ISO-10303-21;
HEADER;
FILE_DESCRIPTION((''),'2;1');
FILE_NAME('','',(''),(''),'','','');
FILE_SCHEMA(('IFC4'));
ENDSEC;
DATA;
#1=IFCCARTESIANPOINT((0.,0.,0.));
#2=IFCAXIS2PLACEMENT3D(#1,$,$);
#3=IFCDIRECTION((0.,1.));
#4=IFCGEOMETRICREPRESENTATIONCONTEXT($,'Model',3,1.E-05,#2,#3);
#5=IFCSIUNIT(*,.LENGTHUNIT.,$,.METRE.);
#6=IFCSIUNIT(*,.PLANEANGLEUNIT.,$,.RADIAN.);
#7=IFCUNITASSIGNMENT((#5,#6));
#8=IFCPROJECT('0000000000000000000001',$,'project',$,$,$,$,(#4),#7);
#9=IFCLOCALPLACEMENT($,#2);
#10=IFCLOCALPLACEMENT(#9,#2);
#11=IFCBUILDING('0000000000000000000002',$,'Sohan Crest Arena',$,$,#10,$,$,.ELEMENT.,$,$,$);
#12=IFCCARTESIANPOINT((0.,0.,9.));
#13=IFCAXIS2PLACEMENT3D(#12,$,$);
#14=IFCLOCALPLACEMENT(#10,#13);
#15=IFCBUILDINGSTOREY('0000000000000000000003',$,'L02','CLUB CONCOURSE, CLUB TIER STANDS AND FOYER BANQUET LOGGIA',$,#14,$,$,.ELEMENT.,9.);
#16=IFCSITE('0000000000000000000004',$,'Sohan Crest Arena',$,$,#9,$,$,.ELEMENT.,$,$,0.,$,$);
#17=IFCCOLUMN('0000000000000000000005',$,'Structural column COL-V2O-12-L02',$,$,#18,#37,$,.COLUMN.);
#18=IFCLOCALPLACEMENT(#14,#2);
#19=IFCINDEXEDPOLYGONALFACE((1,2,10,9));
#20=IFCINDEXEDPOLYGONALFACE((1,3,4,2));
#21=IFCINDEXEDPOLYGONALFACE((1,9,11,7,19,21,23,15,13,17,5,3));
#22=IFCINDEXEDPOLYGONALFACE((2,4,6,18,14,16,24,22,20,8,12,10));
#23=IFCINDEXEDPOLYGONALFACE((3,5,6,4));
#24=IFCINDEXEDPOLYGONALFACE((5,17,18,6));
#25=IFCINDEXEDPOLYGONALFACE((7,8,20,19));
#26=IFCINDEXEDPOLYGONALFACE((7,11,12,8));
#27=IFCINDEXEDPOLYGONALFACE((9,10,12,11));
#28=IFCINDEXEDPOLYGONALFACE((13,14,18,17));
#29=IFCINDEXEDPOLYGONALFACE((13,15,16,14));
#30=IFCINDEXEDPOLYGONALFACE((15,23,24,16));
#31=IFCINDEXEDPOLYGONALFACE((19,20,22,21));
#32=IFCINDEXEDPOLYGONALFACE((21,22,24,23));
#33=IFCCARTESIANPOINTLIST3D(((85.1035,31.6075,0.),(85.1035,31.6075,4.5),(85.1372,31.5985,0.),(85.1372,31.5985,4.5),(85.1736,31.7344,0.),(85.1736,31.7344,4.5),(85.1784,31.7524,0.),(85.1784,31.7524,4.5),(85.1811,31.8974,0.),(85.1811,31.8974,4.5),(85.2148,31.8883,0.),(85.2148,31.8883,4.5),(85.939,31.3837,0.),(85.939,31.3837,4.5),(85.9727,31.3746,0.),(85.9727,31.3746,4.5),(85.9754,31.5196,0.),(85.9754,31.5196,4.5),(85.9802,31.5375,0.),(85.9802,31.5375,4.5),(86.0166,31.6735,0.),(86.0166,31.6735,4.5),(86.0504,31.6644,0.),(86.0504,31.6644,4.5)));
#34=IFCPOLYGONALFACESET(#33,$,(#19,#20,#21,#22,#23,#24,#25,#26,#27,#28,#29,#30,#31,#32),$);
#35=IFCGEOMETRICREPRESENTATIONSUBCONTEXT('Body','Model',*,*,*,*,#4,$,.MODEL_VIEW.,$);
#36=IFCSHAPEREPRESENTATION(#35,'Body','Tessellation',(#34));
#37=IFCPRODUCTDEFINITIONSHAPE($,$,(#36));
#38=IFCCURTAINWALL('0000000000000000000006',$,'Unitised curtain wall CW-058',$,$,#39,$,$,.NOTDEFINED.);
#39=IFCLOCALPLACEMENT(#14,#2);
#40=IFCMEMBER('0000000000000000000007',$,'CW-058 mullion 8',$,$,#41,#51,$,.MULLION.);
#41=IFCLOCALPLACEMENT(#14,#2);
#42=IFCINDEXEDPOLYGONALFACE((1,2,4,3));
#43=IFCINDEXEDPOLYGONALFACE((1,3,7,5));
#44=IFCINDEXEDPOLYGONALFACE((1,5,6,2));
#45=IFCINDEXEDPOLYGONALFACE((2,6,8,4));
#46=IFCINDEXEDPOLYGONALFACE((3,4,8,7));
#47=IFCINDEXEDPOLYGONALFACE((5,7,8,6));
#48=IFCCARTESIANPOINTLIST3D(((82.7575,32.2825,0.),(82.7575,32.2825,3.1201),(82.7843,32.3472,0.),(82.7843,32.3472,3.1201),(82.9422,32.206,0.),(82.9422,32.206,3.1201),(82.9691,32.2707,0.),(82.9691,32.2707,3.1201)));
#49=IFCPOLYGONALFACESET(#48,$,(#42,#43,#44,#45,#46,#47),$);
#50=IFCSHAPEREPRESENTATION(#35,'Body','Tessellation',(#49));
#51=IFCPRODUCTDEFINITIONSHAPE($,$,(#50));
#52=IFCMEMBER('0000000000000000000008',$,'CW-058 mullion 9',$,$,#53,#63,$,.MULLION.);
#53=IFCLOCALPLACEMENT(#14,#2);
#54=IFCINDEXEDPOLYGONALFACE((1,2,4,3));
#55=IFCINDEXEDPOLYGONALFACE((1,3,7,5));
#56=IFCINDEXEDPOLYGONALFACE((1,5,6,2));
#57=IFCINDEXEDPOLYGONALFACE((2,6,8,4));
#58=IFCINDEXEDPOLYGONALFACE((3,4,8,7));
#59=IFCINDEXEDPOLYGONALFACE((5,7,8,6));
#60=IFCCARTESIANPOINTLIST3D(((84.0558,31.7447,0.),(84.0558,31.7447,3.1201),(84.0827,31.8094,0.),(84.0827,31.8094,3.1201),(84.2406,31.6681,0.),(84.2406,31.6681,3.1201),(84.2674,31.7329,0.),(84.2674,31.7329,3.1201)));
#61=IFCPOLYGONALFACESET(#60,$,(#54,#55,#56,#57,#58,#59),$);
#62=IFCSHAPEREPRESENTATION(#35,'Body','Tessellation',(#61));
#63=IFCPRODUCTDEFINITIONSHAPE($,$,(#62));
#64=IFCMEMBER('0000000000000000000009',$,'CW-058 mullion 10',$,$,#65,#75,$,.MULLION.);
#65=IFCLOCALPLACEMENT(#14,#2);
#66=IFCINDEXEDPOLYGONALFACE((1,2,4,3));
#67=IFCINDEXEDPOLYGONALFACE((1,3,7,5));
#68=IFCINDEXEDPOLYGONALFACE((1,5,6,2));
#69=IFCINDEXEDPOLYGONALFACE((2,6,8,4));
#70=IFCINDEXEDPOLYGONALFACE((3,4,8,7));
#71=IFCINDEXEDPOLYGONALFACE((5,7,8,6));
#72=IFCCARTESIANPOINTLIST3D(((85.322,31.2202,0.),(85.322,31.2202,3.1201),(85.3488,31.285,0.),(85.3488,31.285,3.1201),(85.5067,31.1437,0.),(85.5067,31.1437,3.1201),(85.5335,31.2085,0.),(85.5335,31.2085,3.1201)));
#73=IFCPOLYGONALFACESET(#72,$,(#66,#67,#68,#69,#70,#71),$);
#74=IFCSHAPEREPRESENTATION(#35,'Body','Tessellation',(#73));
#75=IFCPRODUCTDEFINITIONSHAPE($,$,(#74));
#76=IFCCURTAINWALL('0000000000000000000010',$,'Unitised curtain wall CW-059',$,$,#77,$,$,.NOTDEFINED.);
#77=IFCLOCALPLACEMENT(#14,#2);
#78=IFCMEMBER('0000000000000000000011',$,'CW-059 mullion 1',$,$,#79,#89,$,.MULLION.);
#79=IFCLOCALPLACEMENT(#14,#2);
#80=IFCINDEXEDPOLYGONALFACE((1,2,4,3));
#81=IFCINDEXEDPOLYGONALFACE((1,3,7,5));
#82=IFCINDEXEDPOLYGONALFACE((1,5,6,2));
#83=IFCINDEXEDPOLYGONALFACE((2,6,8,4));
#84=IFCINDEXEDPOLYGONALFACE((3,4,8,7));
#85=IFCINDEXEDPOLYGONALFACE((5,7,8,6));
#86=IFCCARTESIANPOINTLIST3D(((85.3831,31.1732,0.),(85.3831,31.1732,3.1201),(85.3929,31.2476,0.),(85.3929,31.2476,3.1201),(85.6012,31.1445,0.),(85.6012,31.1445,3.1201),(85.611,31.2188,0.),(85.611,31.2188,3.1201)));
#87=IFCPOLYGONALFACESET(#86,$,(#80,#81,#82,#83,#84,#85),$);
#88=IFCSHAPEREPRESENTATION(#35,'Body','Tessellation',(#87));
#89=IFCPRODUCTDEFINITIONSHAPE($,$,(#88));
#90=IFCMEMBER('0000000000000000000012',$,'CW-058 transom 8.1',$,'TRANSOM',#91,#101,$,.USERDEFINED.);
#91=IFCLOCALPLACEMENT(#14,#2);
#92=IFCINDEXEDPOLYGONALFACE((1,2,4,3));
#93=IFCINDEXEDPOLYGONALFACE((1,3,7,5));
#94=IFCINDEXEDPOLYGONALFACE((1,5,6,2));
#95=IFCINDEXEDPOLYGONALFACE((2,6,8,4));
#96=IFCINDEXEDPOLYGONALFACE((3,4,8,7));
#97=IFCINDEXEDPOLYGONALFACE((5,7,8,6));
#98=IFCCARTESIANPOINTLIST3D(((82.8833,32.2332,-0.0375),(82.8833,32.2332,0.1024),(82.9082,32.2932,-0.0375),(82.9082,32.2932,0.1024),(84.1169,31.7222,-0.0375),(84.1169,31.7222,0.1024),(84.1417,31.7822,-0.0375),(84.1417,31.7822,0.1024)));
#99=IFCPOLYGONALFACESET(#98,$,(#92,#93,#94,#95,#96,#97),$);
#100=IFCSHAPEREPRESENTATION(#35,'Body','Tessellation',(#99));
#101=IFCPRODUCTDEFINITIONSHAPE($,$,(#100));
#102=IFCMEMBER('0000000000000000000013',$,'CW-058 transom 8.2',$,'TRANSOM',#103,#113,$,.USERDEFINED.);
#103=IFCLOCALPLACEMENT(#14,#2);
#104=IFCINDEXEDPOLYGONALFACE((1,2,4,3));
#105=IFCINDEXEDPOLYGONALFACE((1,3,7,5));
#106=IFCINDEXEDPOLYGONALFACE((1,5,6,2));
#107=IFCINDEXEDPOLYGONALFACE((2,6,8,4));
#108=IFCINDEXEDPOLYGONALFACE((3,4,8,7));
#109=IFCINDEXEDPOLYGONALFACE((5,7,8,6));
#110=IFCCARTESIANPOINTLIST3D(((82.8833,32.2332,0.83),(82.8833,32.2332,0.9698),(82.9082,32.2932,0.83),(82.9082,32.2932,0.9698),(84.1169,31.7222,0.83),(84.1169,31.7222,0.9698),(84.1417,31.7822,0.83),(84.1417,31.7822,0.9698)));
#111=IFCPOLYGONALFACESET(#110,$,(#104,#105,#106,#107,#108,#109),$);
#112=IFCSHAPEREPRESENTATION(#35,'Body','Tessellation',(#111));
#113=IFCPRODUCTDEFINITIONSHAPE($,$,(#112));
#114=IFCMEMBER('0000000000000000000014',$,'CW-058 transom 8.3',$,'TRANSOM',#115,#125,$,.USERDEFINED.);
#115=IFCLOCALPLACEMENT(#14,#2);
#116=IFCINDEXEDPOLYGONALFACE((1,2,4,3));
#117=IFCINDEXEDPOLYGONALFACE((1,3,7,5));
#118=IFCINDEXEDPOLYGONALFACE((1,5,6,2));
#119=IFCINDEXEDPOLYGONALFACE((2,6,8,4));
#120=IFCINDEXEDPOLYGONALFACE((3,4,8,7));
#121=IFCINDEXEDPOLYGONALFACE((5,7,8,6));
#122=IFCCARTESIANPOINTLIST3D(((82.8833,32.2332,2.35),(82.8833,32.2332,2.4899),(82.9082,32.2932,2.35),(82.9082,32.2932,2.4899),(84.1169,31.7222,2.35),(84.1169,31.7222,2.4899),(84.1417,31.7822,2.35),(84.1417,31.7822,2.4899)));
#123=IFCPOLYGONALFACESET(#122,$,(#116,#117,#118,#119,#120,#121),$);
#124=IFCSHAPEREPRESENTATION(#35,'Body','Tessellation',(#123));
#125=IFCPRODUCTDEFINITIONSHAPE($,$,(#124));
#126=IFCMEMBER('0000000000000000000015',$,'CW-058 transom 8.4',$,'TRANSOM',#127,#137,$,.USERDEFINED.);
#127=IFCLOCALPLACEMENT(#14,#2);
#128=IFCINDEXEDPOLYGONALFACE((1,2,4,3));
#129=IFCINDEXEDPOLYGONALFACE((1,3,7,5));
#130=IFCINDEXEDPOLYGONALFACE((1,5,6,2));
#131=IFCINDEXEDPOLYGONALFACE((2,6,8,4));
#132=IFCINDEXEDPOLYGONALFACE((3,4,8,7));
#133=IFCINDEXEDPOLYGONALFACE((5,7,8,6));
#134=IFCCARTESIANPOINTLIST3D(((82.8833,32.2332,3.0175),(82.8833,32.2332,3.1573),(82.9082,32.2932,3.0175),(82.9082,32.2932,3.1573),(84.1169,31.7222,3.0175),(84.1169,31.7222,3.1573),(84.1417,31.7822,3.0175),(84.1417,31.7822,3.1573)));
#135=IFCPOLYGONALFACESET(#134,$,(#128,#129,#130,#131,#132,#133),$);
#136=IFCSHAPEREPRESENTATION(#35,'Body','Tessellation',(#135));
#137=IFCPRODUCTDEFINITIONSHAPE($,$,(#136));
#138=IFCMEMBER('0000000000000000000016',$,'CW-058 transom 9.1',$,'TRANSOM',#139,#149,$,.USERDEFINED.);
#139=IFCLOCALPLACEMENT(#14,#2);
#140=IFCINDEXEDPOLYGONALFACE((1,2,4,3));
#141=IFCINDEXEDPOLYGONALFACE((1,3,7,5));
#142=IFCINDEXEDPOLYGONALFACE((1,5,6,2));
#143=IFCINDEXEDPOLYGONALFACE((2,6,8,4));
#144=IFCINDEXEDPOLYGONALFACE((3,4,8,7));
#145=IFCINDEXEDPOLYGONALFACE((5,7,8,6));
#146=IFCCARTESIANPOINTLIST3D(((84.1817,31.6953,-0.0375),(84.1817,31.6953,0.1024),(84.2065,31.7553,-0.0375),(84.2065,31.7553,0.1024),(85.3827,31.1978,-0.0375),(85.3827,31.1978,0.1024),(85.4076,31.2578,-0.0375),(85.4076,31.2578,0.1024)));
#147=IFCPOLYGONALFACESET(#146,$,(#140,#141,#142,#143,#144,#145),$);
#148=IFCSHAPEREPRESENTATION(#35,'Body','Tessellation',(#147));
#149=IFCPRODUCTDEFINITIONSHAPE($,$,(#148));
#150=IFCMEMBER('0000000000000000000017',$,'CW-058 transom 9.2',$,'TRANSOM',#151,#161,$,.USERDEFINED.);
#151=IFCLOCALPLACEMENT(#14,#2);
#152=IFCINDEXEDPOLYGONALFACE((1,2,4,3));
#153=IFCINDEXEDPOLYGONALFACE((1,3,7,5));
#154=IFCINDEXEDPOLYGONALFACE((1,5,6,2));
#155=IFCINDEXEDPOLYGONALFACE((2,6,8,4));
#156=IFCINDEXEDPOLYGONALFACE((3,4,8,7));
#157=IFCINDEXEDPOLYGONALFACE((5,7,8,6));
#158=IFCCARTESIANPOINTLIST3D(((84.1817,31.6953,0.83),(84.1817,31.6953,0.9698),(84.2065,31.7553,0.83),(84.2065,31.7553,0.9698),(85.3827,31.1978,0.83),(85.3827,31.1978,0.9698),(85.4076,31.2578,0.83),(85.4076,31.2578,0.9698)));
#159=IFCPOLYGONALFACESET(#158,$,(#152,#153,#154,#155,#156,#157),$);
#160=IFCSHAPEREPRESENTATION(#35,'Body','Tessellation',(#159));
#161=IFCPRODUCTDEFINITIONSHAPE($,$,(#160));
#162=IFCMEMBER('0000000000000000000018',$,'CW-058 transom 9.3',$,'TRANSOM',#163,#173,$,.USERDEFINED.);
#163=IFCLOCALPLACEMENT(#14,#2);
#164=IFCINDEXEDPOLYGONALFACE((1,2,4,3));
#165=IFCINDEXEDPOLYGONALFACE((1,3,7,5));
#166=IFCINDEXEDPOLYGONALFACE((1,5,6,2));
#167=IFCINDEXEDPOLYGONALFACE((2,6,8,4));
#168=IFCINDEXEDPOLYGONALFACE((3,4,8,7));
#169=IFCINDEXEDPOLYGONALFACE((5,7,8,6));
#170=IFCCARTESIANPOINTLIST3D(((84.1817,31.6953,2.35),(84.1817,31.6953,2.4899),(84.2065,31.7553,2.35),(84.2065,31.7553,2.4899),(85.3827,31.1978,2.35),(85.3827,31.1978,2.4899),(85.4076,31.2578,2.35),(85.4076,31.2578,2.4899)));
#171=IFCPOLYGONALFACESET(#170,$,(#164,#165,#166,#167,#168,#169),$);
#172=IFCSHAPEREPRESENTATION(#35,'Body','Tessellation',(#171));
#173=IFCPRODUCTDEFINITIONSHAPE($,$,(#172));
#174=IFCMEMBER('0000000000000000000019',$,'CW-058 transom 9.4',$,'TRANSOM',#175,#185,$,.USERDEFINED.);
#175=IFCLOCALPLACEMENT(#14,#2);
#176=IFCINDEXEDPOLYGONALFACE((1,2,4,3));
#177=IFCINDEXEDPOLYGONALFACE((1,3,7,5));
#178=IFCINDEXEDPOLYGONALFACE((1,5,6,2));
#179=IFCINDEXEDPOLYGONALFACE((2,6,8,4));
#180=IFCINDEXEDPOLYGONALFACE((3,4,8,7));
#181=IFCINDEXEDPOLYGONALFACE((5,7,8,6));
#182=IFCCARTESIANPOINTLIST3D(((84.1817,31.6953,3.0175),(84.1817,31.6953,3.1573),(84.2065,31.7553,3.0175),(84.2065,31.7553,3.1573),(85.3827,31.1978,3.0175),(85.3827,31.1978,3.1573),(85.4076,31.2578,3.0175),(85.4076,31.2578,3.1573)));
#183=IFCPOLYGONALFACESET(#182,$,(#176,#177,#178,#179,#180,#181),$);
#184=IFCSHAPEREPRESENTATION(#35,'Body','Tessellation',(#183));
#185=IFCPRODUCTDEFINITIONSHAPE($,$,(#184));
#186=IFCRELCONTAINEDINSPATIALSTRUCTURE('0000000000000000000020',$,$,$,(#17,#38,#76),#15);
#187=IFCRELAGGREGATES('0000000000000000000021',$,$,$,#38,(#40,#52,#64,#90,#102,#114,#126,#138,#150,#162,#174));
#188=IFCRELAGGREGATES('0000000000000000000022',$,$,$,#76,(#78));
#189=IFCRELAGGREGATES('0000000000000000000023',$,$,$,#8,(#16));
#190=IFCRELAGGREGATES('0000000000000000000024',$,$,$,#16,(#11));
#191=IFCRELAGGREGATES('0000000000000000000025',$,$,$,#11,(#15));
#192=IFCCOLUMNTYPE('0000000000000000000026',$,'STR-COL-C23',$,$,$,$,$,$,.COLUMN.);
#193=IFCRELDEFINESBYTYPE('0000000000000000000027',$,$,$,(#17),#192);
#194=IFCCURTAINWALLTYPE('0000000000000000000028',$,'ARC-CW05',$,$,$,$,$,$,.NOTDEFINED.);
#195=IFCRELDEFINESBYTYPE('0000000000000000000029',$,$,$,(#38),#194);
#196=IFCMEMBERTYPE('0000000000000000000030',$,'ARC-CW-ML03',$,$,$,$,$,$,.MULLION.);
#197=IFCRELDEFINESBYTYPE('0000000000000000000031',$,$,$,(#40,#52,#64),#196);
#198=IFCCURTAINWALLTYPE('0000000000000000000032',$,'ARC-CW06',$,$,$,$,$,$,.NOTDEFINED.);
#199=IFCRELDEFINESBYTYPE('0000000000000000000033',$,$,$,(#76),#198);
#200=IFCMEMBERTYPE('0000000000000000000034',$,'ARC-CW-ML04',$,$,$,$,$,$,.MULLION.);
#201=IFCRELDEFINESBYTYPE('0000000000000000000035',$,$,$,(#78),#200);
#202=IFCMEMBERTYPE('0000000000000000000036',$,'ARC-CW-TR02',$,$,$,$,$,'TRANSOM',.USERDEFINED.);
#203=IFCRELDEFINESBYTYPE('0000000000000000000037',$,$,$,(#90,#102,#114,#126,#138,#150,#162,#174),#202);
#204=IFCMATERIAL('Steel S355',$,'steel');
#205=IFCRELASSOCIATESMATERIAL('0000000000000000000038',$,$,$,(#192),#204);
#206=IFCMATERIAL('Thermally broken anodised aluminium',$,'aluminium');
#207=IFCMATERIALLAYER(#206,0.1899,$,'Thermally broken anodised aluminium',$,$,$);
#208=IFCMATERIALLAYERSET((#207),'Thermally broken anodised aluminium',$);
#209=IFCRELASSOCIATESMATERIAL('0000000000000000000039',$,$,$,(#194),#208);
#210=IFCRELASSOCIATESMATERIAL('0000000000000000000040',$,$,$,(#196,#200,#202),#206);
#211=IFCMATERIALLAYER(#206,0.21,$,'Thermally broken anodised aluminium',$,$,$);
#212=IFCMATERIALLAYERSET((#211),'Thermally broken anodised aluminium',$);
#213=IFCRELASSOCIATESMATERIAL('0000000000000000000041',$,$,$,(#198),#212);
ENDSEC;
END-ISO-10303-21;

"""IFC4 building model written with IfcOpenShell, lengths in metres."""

from ifc_helpers import new_model, si_unit, direction, frame, origin, origin_2d, place, context, subcontext, project, spatial, rectangle, i_section, extrude, material, layer, layer_set, material_profile, profile_set, type_object, element, aggregate, save


model = new_model("IFC4")

# Units and contexts
model_context = context("Model", 3, precision=1e-05, world=origin(), true_north=direction((0.0, 1.0)))
body_context = subcontext(model_context, "Body", "Model", "MODEL_VIEW")
ifc_project = project(units=[si_unit("LENGTHUNIT", "METRE"), si_unit("PLANEANGLEUNIT", "RADIAN")], contexts=[model_context])

# Site, building, storey
site_placement = place(None, origin())
site = spatial("IfcSite", under=ifc_project, at=site_placement, Name="Sohan Crest Arena", CompositionType="ELEMENT", RefElevation=0.0)
building_placement = place(site_placement, origin())
building = spatial("IfcBuilding", under=site, at=building_placement, Name="Sohan Crest Arena", CompositionType="ELEMENT")
storey_placement = place(building_placement, frame((0.0, 0.0, 9.0)))
storey = spatial("IfcBuildingStorey", under=building, at=storey_placement, Name="L02", Description="CLUB CONCOURSE, CLUB TIER STANDS AND FOYER BANQUET LOGGIA", CompositionType="ELEMENT", Elevation=9.0)

# Column
ifc_material_1 = material(Name="Steel S355", Category="steel")
ifc_material_profile_1 = material_profile(ifc_material_1, i_section(OverallWidth=0.3, OverallDepth=0.8999, WebThickness=0.0186, FlangeThickness=0.0349, at=origin_2d()), Name="HEB 900")
ifc_profile_set_1 = profile_set([ifc_material_profile_1], Name="Steel S355")
column_type = type_object("IfcColumnType", Name="STR-COL-C23", PredefinedType="COLUMN", material=ifc_profile_set_1)
column_placement = place(storey_placement, frame((85.5769, 31.636, 0.0), z_axis=(0.0, 0.0, 1.0), x_axis=(0.258819, 0.965926, 0.0)))
element("IfcColumn", 1, at=column_placement, inside=storey, type_object=column_type, Name="Structural column COL-V2O-12-L02", PredefinedType="COLUMN", context=body_context, shape_type="SweptSolid", body=[
    extrude(i_section(OverallWidth=0.3, OverallDepth=0.8999, WebThickness=0.0186, FlangeThickness=0.0349, at=origin_2d()), origin(), (0.0, 0.0, 1.0), 4.5),
])

# Curtain wall, members
ifc_material_2 = material(Name="Thermally broken anodised aluminium", Category="aluminium")
ifc_layer_1 = layer(ifc_material_2, 0.1899, Name="Thermally broken anodised aluminium")
ifc_layer_set_1 = layer_set([ifc_layer_1], Name="Thermally broken anodised aluminium")
curtain_wall_type_1 = type_object("IfcCurtainWallType", Name="ARC-CW05", PredefinedType="NOTDEFINED", material=ifc_layer_set_1)
curtain_wall_1_placement = place(storey_placement, origin())
curtain_wall_1 = element("IfcCurtainWall", 2, at=curtain_wall_1_placement, inside=storey, type_object=curtain_wall_type_1, Name="Unitised curtain wall CW-058", PredefinedType="NOTDEFINED")
ifc_material_profile_2 = material_profile(ifc_material_2, rectangle(XDim=0.0701, YDim=0.2, at=origin_2d()), Name="ALU-MULL 70x200")
ifc_profile_set_2 = profile_set([ifc_material_profile_2], Name="Thermally broken anodised aluminium")
member_type_1 = type_object("IfcMemberType", Name="ARC-CW-ML03", PredefinedType="MULLION", material=ifc_profile_set_2)
member_1_placement = place(storey_placement, frame((82.8633, 32.2766, 0.0), z_axis=(0.0, 0.0, 1.0), x_axis=(0.382678, 0.923882, 0.0)))
member_1 = element("IfcMember", 3, at=member_1_placement, type_object=member_type_1, Name="CW-058 mullion 8", PredefinedType="MULLION", context=body_context, shape_type="SweptSolid", body=[
    extrude(rectangle(XDim=0.0701, YDim=0.2, at=origin_2d()), origin(), (0.0, 0.0, 1.0), 3.1201),
])
member_2_placement = place(storey_placement, frame((84.1616, 31.7388, 0.0), z_axis=(0.0, 0.0, 1.0), x_axis=(0.382678, 0.923882, 0.0)))
member_2 = element("IfcMember", 4, at=member_2_placement, type_object=member_type_1, Name="CW-058 mullion 9", PredefinedType="MULLION", context=body_context, shape_type="SweptSolid", body=[
    extrude(rectangle(XDim=0.0701, YDim=0.2, at=origin_2d()), origin(), (0.0, 0.0, 1.0), 3.1201),
])
member_3_placement = place(storey_placement, frame((85.4277, 31.2144, 0.0), z_axis=(0.0, 0.0, 1.0), x_axis=(0.382678, 0.923882, 0.0)))
member_3 = element("IfcMember", 5, at=member_3_placement, type_object=member_type_1, Name="CW-058 mullion 10", PredefinedType="MULLION", context=body_context, shape_type="SweptSolid", body=[
    extrude(rectangle(XDim=0.0701, YDim=0.2, at=origin_2d()), origin(), (0.0, 0.0, 1.0), 3.1201),
])

# Curtain wall, member
ifc_layer_2 = layer(ifc_material_2, 0.21, Name="Thermally broken anodised aluminium")
ifc_layer_set_2 = layer_set([ifc_layer_2], Name="Thermally broken anodised aluminium")
curtain_wall_type_2 = type_object("IfcCurtainWallType", Name="ARC-CW06", PredefinedType="NOTDEFINED", material=ifc_layer_set_2)
curtain_wall_2_placement = place(storey_placement, origin())
curtain_wall_2 = element("IfcCurtainWall", 6, at=curtain_wall_2_placement, inside=storey, type_object=curtain_wall_type_2, Name="Unitised curtain wall CW-059", PredefinedType="NOTDEFINED")
ifc_material_profile_3 = material_profile(ifc_material_2, rectangle(XDim=0.075, YDim=0.22, at=origin_2d()), Name="ALU-MULL 75x220")
ifc_profile_set_3 = profile_set([ifc_material_profile_3], Name="Thermally broken anodised aluminium")
member_type_2 = type_object("IfcMemberType", Name="ARC-CW-ML04", PredefinedType="MULLION", material=ifc_profile_set_3)
member_4_placement = place(storey_placement, frame((85.4971, 31.196, 0.0), z_axis=(0.0, 0.0, 1.0), x_axis=(0.130532, 0.991444, 0.0)))
member_4 = element("IfcMember", 7, at=member_4_placement, type_object=member_type_2, Name="CW-059 mullion 1", PredefinedType="MULLION", context=body_context, shape_type="SweptSolid", body=[
    extrude(rectangle(XDim=0.075, YDim=0.22, at=origin_2d()), origin(), (0.0, 0.0, 1.0), 3.1201),
])

# Members
ifc_material_profile_4 = material_profile(ifc_material_2, rectangle(XDim=0.0649, YDim=0.1399, at=origin_2d()), Name="ALU-TRAN 65x140")
ifc_profile_set_4 = profile_set([ifc_material_profile_4], Name="Thermally broken anodised aluminium")
member_type_3 = type_object("IfcMemberType", Name="ARC-CW-TR02", ElementType="TRANSOM", PredefinedType="USERDEFINED", material=ifc_profile_set_4)
member_5_placement = place(storey_placement, frame((82.8958, 32.2632, 0.0325), z_axis=(0.923881, -0.38268, 0.0), x_axis=(0.38268, 0.923881, 0.0)))
member_5 = element("IfcMember", 8, at=member_5_placement, type_object=member_type_3, Name="CW-058 transom 8.1", ObjectType="TRANSOM", PredefinedType="USERDEFINED", context=body_context, shape_type="SweptSolid", body=[
    extrude(rectangle(XDim=0.0649, YDim=0.1399, at=origin_2d()), origin(), (0.0, 0.0, 1.0), 1.3352),
])
member_6_placement = place(storey_placement, frame((82.8958, 32.2632, 0.8999), z_axis=(0.923881, -0.38268, 0.0), x_axis=(0.38268, 0.923881, 0.0)))
member_6 = element("IfcMember", 9, at=member_6_placement, type_object=member_type_3, Name="CW-058 transom 8.2", ObjectType="TRANSOM", PredefinedType="USERDEFINED", context=body_context, shape_type="SweptSolid", body=[
    extrude(rectangle(XDim=0.0649, YDim=0.1399, at=origin_2d()), origin(), (0.0, 0.0, 1.0), 1.3352),
])
member_7_placement = place(storey_placement, frame((82.8958, 32.2632, 2.4199), z_axis=(0.923881, -0.38268, 0.0), x_axis=(0.38268, 0.923881, 0.0)))
member_7 = element("IfcMember", 10, at=member_7_placement, type_object=member_type_3, Name="CW-058 transom 8.3", ObjectType="TRANSOM", PredefinedType="USERDEFINED", context=body_context, shape_type="SweptSolid", body=[
    extrude(rectangle(XDim=0.0649, YDim=0.1399, at=origin_2d()), origin(), (0.0, 0.0, 1.0), 1.3352),
])
member_8_placement = place(storey_placement, frame((82.8958, 32.2632, 3.0874), z_axis=(0.923881, -0.38268, 0.0), x_axis=(0.38268, 0.923881, 0.0)))
member_8 = element("IfcMember", 11, at=member_8_placement, type_object=member_type_3, Name="CW-058 transom 8.4", ObjectType="TRANSOM", PredefinedType="USERDEFINED", context=body_context, shape_type="SweptSolid", body=[
    extrude(rectangle(XDim=0.0649, YDim=0.1399, at=origin_2d()), origin(), (0.0, 0.0, 1.0), 1.3352),
])
member_9_placement = place(storey_placement, frame((84.1941, 31.7253, 0.0325), z_axis=(0.923875, -0.382695, 0.0), x_axis=(0.382695, 0.923875, 0.0)))
member_9 = element("IfcMember", 12, at=member_9_placement, type_object=member_type_3, Name="CW-058 transom 9.1", ObjectType="TRANSOM", PredefinedType="USERDEFINED", context=body_context, shape_type="SweptSolid", body=[
    extrude(rectangle(XDim=0.0649, YDim=0.1399, at=origin_2d()), origin(), (0.0, 0.0, 1.0), 1.3),
])
member_10_placement = place(storey_placement, frame((84.1941, 31.7253, 0.8999), z_axis=(0.923875, -0.382695, 0.0), x_axis=(0.382695, 0.923875, 0.0)))
member_10 = element("IfcMember", 13, at=member_10_placement, type_object=member_type_3, Name="CW-058 transom 9.2", ObjectType="TRANSOM", PredefinedType="USERDEFINED", context=body_context, shape_type="SweptSolid", body=[
    extrude(rectangle(XDim=0.0649, YDim=0.1399, at=origin_2d()), origin(), (0.0, 0.0, 1.0), 1.3),
])
member_11_placement = place(storey_placement, frame((84.1941, 31.7253, 2.4199), z_axis=(0.923875, -0.382695, 0.0), x_axis=(0.382695, 0.923875, 0.0)))
member_11 = element("IfcMember", 14, at=member_11_placement, type_object=member_type_3, Name="CW-058 transom 9.3", ObjectType="TRANSOM", PredefinedType="USERDEFINED", context=body_context, shape_type="SweptSolid", body=[
    extrude(rectangle(XDim=0.0649, YDim=0.1399, at=origin_2d()), origin(), (0.0, 0.0, 1.0), 1.3),
])
member_12_placement = place(storey_placement, frame((84.1941, 31.7253, 3.0874), z_axis=(0.923875, -0.382695, 0.0), x_axis=(0.382695, 0.923875, 0.0)))
member_12 = element("IfcMember", 15, at=member_12_placement, type_object=member_type_3, Name="CW-058 transom 9.4", ObjectType="TRANSOM", PredefinedType="USERDEFINED", context=body_context, shape_type="SweptSolid", body=[
    extrude(rectangle(XDim=0.0649, YDim=0.1399, at=origin_2d()), origin(), (0.0, 0.0, 1.0), 1.3),
])

aggregate(curtain_wall_1, [member_1, member_2, member_3, member_5, member_6, member_7, member_8, member_9, member_10, member_11, member_12])
aggregate(curtain_wall_2, [member_4])

save(model, "model.ifc")
